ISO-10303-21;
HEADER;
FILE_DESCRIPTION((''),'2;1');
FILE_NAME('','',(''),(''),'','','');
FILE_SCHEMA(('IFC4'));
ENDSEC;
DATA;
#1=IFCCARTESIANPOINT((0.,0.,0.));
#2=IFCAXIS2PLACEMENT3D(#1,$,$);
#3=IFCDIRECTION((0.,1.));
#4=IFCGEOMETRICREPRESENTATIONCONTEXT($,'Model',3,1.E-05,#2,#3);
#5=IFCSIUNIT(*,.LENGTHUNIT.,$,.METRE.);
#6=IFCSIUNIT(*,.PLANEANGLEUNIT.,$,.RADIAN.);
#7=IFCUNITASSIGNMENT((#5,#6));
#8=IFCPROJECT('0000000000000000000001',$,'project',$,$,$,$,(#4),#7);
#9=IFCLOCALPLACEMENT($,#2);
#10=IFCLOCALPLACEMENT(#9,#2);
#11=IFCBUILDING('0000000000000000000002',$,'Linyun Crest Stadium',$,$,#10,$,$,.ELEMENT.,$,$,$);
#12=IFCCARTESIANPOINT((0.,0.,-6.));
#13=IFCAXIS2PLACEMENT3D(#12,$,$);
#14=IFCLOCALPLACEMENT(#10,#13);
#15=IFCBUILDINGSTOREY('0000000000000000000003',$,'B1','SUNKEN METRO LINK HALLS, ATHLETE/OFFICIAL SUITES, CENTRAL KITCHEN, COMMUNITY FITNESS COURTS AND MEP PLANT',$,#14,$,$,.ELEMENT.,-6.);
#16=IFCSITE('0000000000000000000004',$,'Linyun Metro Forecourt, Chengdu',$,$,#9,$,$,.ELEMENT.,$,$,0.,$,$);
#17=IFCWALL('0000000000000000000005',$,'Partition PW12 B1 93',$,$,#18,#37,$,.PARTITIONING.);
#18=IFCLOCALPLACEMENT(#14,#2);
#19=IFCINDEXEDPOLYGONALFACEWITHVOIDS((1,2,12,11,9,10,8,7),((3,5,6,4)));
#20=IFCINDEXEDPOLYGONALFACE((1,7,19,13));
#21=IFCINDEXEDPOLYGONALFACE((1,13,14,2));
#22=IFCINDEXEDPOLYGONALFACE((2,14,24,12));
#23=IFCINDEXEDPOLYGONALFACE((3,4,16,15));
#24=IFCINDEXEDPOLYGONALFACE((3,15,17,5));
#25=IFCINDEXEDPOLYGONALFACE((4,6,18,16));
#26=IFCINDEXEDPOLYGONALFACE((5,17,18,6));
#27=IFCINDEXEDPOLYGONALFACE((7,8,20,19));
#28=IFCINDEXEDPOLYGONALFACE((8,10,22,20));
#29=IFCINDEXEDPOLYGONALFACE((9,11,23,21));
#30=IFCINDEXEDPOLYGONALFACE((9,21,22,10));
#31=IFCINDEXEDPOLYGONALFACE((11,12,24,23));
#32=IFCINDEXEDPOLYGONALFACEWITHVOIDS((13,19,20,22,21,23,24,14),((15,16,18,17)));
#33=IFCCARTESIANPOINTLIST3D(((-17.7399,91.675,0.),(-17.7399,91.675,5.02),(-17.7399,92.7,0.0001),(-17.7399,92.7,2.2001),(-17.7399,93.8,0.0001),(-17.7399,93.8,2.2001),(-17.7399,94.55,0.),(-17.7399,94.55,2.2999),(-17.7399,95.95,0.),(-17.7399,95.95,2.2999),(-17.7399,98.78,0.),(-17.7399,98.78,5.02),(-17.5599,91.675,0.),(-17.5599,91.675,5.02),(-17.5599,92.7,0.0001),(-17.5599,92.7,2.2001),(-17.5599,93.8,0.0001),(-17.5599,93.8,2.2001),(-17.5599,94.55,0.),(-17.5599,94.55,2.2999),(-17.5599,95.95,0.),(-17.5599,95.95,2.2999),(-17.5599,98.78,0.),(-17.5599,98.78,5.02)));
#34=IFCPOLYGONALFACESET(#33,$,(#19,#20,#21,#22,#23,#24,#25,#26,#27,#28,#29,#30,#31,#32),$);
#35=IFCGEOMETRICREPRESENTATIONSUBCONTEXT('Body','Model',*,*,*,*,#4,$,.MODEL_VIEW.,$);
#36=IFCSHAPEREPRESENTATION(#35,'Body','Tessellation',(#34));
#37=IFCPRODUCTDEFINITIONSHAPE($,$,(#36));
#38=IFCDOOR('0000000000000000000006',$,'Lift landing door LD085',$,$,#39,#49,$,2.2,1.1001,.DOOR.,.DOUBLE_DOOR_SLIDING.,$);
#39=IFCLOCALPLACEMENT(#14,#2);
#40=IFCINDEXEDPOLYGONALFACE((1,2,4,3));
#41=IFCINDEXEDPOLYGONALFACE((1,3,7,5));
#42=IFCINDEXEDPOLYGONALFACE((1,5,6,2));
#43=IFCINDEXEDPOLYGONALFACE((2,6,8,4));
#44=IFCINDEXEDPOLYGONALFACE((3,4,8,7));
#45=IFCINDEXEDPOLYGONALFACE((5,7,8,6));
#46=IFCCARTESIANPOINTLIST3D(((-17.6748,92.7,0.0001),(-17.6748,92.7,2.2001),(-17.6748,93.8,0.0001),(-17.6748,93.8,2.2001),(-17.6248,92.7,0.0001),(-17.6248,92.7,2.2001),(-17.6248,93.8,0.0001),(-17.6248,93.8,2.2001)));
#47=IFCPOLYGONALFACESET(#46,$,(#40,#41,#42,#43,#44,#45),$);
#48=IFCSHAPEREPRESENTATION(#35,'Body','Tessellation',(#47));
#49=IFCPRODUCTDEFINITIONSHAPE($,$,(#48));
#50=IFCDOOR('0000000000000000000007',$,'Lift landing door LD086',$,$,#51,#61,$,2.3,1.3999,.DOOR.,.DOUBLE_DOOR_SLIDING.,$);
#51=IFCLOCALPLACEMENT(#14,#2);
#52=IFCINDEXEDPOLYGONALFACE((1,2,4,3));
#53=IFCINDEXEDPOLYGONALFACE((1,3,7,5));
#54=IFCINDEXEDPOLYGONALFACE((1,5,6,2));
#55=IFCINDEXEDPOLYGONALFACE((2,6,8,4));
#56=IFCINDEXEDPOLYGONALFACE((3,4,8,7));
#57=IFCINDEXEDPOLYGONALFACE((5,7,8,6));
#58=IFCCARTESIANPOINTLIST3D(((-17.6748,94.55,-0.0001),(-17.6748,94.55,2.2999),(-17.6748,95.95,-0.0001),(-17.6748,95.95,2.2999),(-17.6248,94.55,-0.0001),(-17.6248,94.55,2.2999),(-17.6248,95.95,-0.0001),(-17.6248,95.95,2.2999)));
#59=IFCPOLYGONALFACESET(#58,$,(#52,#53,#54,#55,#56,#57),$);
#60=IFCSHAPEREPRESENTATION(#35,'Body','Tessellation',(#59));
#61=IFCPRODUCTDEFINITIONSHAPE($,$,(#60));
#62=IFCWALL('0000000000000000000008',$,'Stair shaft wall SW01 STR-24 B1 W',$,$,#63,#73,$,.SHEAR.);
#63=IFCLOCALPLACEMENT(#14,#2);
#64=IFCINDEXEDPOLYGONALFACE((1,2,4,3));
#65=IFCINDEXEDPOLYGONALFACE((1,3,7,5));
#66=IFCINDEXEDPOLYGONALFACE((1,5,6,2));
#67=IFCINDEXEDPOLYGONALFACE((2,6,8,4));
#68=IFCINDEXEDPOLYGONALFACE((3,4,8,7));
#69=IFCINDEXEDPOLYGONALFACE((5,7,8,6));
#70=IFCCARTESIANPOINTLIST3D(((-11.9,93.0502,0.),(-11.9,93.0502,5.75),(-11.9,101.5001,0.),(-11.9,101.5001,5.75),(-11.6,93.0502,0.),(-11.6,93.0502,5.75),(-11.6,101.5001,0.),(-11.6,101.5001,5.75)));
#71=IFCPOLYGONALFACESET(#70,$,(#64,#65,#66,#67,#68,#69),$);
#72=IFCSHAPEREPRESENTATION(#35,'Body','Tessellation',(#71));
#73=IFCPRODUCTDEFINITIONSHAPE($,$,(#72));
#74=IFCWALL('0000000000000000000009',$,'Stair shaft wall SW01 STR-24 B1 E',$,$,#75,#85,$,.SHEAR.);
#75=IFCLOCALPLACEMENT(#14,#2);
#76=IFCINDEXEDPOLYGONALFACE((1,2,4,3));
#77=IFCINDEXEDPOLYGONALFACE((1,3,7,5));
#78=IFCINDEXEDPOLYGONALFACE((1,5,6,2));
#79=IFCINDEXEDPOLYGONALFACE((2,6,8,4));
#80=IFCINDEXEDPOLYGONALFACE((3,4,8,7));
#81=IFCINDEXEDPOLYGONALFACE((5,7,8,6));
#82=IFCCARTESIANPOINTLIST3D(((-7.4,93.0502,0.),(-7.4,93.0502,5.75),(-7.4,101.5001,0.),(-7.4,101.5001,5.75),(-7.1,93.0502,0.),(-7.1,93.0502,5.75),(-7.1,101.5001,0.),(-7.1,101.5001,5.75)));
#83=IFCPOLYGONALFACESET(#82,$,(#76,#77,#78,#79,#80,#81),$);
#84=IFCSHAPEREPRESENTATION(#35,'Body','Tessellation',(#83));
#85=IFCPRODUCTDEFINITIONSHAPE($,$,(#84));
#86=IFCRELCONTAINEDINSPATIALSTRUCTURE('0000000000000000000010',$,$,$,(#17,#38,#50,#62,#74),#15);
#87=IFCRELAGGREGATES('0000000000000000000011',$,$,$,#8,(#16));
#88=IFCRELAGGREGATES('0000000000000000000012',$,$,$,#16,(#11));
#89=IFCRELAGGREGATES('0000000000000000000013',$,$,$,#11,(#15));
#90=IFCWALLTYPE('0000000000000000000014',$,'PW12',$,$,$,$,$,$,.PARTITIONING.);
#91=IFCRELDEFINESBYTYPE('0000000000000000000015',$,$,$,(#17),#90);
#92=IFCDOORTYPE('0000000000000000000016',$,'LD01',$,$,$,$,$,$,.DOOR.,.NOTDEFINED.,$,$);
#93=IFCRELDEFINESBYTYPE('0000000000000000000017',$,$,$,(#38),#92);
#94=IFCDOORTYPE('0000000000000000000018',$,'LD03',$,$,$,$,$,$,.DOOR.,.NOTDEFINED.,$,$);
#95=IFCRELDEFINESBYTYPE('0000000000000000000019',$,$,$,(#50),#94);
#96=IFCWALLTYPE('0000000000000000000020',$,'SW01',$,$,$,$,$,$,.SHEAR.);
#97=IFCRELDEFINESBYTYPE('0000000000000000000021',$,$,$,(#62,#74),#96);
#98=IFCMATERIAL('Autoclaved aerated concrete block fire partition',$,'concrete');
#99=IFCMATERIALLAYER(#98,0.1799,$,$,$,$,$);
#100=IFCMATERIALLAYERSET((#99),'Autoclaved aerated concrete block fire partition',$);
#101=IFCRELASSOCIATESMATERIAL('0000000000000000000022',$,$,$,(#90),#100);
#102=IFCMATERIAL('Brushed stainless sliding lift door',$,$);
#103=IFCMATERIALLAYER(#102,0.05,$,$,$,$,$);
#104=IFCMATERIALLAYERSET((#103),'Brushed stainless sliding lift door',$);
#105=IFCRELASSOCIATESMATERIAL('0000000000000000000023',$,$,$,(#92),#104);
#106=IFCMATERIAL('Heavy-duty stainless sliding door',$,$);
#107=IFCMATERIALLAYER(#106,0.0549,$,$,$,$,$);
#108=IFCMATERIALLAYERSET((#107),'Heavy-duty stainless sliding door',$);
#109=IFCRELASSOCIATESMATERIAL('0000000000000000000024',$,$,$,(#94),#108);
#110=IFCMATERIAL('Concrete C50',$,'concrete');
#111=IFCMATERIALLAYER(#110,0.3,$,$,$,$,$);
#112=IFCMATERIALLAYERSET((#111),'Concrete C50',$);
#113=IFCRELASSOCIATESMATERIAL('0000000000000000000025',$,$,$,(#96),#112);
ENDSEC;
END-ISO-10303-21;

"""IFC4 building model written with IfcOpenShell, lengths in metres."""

from ifc_helpers import new_model, si_unit, direction, frame, frame_2d, origin, place, context, subcontext, project, spatial, rectangle, extrude, material, layer, layer_set, type_object, element, fill, save


model = new_model("IFC4")

# Units and contexts
model_context = context("Model", 3, precision=1e-05, world=origin(), true_north=direction((0.0, 1.0)))
body_context = subcontext(model_context, "Body", "Model", "MODEL_VIEW")
ifc_project = project(units=[si_unit("LENGTHUNIT", "METRE"), si_unit("PLANEANGLEUNIT", "RADIAN")], contexts=[model_context])

# Site, building, storey
site_placement = place(None, origin())
site = spatial("IfcSite", under=ifc_project, at=site_placement, Name="Linyun Metro Forecourt, Chengdu", CompositionType="ELEMENT", RefElevation=0.0)
building_placement = place(site_placement, origin())
building = spatial("IfcBuilding", under=site, at=building_placement, Name="Linyun Crest Stadium", CompositionType="ELEMENT")
storey_placement = place(building_placement, frame((0.0, 0.0, -6.0)))
storey = spatial("IfcBuildingStorey", under=building, at=storey_placement, Name="B1", Description="SUNKEN METRO LINK HALLS, ATHLETE/OFFICIAL SUITES, CENTRAL KITCHEN, COMMUNITY FITNESS COURTS AND MEP PLANT", CompositionType="ELEMENT", Elevation=-6.0)

# Wall, openings, doors
ifc_material_1 = material(Name="Autoclaved aerated concrete block fire partition", Category="concrete")
ifc_layer_1 = layer(ifc_material_1, 0.1799)
ifc_layer_set_1 = layer_set([ifc_layer_1], Name="Autoclaved aerated concrete block fire partition")
wall_type_1 = type_object("IfcWallType", Name="PW12", PredefinedType="PARTITIONING", material=ifc_layer_set_1)
wall_1_placement = place(storey_placement, frame((-17.6499, 91.675, 0.0), z_axis=(0.0, 0.0, 1.0), x_axis=(0.0, 1.0, 0.0)))
wall_1 = element("IfcWall", 1, at=wall_1_placement, inside=storey, type_object=wall_type_1, Name="Partition PW12 B1 93", PredefinedType="PARTITIONING", context=body_context, shape_type="SweptSolid", body=[
    extrude(rectangle(XDim=7.105, YDim=0.1799, at=frame_2d((3.5525, 0.0))), origin(), (0.0, 0.0, 1.0), 5.02),
])
opening_1_placement = place(wall_1_placement, frame((1.0249, 0.0, 0.0)))
opening_1 = element("IfcOpeningElement", 2, at=opening_1_placement, cuts=wall_1, PredefinedType="OPENING", context=body_context, shape_type="SweptSolid", body=[
    extrude(rectangle(XDim=1.1001, YDim=2.2, at=frame_2d((0.55, 1.1001))), frame((0.0, 0.0999, 0.0), z_axis=(0.0, -1.0, 0.0), x_axis=(1.0, 0.0, 0.0)), (0.0, 0.0, 1.0), 0.2),
])
opening_2_placement = place(wall_1_placement, frame((2.875, 0.0, 0.0)))
opening_2 = element("IfcOpeningElement", 3, at=opening_2_placement, cuts=wall_1, PredefinedType="OPENING", context=body_context, shape_type="SweptSolid", body=[
    extrude(rectangle(XDim=1.3999, YDim=2.3, at=frame_2d((0.7, 1.1499))), frame((0.0, 0.0999, 0.0), z_axis=(0.0, -1.0, 0.0), x_axis=(1.0, 0.0, 0.0)), (0.0, 0.0, 1.0), 0.2),
])
ifc_material_2 = material(Name="Brushed stainless sliding lift door")
ifc_layer_2 = layer(ifc_material_2, 0.05)
ifc_layer_set_2 = layer_set([ifc_layer_2], Name="Brushed stainless sliding lift door")
door_type_1 = type_object("IfcDoorType", Name="LD01", OperationType="NOTDEFINED", PredefinedType="DOOR", material=ifc_layer_set_2)
door_1_placement = place(opening_1_placement, origin())
door_1 = element("IfcDoor", 4, at=door_1_placement, inside=storey, type_object=door_type_1, Name="Lift landing door LD085", OperationType="DOUBLE_DOOR_SLIDING", OverallHeight=2.2, OverallWidth=1.1001, PredefinedType="DOOR", context=body_context, shape_type="SweptSolid", body=[
    extrude(rectangle(XDim=1.1001, YDim=2.2, at=frame_2d((0.55, 1.1001))), frame((0.0, 0.0249, 0.0), z_axis=(0.0, -1.0, 0.0), x_axis=(1.0, 0.0, 0.0)), (0.0, 0.0, 1.0), 0.05),
])
fill(opening_1, door_1)
ifc_material_3 = material(Name="Heavy-duty stainless sliding door")
ifc_layer_3 = layer(ifc_material_3, 0.0549)
ifc_layer_set_3 = layer_set([ifc_layer_3], Name="Heavy-duty stainless sliding door")
door_type_2 = type_object("IfcDoorType", Name="LD03", OperationType="NOTDEFINED", PredefinedType="DOOR", material=ifc_layer_set_3)
door_2_placement = place(opening_2_placement, origin())
door_2 = element("IfcDoor", 5, at=door_2_placement, inside=storey, type_object=door_type_2, Name="Lift landing door LD086", OperationType="DOUBLE_DOOR_SLIDING", OverallHeight=2.3, OverallWidth=1.3999, PredefinedType="DOOR", context=body_context, shape_type="SweptSolid", body=[
    extrude(rectangle(XDim=1.3999, YDim=2.3, at=frame_2d((0.7, 1.1499))), frame((0.0, 0.0249, 0.0), z_axis=(0.0, -1.0, 0.0), x_axis=(1.0, 0.0, 0.0)), (0.0, 0.0, 1.0), 0.05),
])
fill(opening_2, door_2)

# Walls
ifc_material_4 = material(Name="Concrete C50", Category="concrete")
ifc_layer_4 = layer(ifc_material_4, 0.3)
ifc_layer_set_4 = layer_set([ifc_layer_4], Name="Concrete C50")
wall_type_2 = type_object("IfcWallType", Name="SW01", PredefinedType="SHEAR", material=ifc_layer_set_4)
for number, where, z_axis, x_axis, name in (
    (6, (-11.75, 93.05, 0.0), (0.0, 0.0, 1.0), (0.0, 1.0, 0.0), "Stair shaft wall SW01 STR-24 B1 W"),
    (7, (-7.25, 93.05, 0.0), (0.0, 0.0, 1.0), (0.0, 1.0, 0.0), "Stair shaft wall SW01 STR-24 B1 E"),
):
    element("IfcWall", number, at=place(storey_placement, frame(where, z_axis=z_axis, x_axis=x_axis)), inside=storey, type_object=wall_type_2, Name=name, PredefinedType="SHEAR", context=body_context, shape_type="SweptSolid", body=[
        extrude(rectangle(XDim=8.45, YDim=0.3, at=frame_2d((4.2251, 0.0))), origin(), (0.0, 0.0, 1.0), 5.75),
    ])

save(model, "model.ifc")
